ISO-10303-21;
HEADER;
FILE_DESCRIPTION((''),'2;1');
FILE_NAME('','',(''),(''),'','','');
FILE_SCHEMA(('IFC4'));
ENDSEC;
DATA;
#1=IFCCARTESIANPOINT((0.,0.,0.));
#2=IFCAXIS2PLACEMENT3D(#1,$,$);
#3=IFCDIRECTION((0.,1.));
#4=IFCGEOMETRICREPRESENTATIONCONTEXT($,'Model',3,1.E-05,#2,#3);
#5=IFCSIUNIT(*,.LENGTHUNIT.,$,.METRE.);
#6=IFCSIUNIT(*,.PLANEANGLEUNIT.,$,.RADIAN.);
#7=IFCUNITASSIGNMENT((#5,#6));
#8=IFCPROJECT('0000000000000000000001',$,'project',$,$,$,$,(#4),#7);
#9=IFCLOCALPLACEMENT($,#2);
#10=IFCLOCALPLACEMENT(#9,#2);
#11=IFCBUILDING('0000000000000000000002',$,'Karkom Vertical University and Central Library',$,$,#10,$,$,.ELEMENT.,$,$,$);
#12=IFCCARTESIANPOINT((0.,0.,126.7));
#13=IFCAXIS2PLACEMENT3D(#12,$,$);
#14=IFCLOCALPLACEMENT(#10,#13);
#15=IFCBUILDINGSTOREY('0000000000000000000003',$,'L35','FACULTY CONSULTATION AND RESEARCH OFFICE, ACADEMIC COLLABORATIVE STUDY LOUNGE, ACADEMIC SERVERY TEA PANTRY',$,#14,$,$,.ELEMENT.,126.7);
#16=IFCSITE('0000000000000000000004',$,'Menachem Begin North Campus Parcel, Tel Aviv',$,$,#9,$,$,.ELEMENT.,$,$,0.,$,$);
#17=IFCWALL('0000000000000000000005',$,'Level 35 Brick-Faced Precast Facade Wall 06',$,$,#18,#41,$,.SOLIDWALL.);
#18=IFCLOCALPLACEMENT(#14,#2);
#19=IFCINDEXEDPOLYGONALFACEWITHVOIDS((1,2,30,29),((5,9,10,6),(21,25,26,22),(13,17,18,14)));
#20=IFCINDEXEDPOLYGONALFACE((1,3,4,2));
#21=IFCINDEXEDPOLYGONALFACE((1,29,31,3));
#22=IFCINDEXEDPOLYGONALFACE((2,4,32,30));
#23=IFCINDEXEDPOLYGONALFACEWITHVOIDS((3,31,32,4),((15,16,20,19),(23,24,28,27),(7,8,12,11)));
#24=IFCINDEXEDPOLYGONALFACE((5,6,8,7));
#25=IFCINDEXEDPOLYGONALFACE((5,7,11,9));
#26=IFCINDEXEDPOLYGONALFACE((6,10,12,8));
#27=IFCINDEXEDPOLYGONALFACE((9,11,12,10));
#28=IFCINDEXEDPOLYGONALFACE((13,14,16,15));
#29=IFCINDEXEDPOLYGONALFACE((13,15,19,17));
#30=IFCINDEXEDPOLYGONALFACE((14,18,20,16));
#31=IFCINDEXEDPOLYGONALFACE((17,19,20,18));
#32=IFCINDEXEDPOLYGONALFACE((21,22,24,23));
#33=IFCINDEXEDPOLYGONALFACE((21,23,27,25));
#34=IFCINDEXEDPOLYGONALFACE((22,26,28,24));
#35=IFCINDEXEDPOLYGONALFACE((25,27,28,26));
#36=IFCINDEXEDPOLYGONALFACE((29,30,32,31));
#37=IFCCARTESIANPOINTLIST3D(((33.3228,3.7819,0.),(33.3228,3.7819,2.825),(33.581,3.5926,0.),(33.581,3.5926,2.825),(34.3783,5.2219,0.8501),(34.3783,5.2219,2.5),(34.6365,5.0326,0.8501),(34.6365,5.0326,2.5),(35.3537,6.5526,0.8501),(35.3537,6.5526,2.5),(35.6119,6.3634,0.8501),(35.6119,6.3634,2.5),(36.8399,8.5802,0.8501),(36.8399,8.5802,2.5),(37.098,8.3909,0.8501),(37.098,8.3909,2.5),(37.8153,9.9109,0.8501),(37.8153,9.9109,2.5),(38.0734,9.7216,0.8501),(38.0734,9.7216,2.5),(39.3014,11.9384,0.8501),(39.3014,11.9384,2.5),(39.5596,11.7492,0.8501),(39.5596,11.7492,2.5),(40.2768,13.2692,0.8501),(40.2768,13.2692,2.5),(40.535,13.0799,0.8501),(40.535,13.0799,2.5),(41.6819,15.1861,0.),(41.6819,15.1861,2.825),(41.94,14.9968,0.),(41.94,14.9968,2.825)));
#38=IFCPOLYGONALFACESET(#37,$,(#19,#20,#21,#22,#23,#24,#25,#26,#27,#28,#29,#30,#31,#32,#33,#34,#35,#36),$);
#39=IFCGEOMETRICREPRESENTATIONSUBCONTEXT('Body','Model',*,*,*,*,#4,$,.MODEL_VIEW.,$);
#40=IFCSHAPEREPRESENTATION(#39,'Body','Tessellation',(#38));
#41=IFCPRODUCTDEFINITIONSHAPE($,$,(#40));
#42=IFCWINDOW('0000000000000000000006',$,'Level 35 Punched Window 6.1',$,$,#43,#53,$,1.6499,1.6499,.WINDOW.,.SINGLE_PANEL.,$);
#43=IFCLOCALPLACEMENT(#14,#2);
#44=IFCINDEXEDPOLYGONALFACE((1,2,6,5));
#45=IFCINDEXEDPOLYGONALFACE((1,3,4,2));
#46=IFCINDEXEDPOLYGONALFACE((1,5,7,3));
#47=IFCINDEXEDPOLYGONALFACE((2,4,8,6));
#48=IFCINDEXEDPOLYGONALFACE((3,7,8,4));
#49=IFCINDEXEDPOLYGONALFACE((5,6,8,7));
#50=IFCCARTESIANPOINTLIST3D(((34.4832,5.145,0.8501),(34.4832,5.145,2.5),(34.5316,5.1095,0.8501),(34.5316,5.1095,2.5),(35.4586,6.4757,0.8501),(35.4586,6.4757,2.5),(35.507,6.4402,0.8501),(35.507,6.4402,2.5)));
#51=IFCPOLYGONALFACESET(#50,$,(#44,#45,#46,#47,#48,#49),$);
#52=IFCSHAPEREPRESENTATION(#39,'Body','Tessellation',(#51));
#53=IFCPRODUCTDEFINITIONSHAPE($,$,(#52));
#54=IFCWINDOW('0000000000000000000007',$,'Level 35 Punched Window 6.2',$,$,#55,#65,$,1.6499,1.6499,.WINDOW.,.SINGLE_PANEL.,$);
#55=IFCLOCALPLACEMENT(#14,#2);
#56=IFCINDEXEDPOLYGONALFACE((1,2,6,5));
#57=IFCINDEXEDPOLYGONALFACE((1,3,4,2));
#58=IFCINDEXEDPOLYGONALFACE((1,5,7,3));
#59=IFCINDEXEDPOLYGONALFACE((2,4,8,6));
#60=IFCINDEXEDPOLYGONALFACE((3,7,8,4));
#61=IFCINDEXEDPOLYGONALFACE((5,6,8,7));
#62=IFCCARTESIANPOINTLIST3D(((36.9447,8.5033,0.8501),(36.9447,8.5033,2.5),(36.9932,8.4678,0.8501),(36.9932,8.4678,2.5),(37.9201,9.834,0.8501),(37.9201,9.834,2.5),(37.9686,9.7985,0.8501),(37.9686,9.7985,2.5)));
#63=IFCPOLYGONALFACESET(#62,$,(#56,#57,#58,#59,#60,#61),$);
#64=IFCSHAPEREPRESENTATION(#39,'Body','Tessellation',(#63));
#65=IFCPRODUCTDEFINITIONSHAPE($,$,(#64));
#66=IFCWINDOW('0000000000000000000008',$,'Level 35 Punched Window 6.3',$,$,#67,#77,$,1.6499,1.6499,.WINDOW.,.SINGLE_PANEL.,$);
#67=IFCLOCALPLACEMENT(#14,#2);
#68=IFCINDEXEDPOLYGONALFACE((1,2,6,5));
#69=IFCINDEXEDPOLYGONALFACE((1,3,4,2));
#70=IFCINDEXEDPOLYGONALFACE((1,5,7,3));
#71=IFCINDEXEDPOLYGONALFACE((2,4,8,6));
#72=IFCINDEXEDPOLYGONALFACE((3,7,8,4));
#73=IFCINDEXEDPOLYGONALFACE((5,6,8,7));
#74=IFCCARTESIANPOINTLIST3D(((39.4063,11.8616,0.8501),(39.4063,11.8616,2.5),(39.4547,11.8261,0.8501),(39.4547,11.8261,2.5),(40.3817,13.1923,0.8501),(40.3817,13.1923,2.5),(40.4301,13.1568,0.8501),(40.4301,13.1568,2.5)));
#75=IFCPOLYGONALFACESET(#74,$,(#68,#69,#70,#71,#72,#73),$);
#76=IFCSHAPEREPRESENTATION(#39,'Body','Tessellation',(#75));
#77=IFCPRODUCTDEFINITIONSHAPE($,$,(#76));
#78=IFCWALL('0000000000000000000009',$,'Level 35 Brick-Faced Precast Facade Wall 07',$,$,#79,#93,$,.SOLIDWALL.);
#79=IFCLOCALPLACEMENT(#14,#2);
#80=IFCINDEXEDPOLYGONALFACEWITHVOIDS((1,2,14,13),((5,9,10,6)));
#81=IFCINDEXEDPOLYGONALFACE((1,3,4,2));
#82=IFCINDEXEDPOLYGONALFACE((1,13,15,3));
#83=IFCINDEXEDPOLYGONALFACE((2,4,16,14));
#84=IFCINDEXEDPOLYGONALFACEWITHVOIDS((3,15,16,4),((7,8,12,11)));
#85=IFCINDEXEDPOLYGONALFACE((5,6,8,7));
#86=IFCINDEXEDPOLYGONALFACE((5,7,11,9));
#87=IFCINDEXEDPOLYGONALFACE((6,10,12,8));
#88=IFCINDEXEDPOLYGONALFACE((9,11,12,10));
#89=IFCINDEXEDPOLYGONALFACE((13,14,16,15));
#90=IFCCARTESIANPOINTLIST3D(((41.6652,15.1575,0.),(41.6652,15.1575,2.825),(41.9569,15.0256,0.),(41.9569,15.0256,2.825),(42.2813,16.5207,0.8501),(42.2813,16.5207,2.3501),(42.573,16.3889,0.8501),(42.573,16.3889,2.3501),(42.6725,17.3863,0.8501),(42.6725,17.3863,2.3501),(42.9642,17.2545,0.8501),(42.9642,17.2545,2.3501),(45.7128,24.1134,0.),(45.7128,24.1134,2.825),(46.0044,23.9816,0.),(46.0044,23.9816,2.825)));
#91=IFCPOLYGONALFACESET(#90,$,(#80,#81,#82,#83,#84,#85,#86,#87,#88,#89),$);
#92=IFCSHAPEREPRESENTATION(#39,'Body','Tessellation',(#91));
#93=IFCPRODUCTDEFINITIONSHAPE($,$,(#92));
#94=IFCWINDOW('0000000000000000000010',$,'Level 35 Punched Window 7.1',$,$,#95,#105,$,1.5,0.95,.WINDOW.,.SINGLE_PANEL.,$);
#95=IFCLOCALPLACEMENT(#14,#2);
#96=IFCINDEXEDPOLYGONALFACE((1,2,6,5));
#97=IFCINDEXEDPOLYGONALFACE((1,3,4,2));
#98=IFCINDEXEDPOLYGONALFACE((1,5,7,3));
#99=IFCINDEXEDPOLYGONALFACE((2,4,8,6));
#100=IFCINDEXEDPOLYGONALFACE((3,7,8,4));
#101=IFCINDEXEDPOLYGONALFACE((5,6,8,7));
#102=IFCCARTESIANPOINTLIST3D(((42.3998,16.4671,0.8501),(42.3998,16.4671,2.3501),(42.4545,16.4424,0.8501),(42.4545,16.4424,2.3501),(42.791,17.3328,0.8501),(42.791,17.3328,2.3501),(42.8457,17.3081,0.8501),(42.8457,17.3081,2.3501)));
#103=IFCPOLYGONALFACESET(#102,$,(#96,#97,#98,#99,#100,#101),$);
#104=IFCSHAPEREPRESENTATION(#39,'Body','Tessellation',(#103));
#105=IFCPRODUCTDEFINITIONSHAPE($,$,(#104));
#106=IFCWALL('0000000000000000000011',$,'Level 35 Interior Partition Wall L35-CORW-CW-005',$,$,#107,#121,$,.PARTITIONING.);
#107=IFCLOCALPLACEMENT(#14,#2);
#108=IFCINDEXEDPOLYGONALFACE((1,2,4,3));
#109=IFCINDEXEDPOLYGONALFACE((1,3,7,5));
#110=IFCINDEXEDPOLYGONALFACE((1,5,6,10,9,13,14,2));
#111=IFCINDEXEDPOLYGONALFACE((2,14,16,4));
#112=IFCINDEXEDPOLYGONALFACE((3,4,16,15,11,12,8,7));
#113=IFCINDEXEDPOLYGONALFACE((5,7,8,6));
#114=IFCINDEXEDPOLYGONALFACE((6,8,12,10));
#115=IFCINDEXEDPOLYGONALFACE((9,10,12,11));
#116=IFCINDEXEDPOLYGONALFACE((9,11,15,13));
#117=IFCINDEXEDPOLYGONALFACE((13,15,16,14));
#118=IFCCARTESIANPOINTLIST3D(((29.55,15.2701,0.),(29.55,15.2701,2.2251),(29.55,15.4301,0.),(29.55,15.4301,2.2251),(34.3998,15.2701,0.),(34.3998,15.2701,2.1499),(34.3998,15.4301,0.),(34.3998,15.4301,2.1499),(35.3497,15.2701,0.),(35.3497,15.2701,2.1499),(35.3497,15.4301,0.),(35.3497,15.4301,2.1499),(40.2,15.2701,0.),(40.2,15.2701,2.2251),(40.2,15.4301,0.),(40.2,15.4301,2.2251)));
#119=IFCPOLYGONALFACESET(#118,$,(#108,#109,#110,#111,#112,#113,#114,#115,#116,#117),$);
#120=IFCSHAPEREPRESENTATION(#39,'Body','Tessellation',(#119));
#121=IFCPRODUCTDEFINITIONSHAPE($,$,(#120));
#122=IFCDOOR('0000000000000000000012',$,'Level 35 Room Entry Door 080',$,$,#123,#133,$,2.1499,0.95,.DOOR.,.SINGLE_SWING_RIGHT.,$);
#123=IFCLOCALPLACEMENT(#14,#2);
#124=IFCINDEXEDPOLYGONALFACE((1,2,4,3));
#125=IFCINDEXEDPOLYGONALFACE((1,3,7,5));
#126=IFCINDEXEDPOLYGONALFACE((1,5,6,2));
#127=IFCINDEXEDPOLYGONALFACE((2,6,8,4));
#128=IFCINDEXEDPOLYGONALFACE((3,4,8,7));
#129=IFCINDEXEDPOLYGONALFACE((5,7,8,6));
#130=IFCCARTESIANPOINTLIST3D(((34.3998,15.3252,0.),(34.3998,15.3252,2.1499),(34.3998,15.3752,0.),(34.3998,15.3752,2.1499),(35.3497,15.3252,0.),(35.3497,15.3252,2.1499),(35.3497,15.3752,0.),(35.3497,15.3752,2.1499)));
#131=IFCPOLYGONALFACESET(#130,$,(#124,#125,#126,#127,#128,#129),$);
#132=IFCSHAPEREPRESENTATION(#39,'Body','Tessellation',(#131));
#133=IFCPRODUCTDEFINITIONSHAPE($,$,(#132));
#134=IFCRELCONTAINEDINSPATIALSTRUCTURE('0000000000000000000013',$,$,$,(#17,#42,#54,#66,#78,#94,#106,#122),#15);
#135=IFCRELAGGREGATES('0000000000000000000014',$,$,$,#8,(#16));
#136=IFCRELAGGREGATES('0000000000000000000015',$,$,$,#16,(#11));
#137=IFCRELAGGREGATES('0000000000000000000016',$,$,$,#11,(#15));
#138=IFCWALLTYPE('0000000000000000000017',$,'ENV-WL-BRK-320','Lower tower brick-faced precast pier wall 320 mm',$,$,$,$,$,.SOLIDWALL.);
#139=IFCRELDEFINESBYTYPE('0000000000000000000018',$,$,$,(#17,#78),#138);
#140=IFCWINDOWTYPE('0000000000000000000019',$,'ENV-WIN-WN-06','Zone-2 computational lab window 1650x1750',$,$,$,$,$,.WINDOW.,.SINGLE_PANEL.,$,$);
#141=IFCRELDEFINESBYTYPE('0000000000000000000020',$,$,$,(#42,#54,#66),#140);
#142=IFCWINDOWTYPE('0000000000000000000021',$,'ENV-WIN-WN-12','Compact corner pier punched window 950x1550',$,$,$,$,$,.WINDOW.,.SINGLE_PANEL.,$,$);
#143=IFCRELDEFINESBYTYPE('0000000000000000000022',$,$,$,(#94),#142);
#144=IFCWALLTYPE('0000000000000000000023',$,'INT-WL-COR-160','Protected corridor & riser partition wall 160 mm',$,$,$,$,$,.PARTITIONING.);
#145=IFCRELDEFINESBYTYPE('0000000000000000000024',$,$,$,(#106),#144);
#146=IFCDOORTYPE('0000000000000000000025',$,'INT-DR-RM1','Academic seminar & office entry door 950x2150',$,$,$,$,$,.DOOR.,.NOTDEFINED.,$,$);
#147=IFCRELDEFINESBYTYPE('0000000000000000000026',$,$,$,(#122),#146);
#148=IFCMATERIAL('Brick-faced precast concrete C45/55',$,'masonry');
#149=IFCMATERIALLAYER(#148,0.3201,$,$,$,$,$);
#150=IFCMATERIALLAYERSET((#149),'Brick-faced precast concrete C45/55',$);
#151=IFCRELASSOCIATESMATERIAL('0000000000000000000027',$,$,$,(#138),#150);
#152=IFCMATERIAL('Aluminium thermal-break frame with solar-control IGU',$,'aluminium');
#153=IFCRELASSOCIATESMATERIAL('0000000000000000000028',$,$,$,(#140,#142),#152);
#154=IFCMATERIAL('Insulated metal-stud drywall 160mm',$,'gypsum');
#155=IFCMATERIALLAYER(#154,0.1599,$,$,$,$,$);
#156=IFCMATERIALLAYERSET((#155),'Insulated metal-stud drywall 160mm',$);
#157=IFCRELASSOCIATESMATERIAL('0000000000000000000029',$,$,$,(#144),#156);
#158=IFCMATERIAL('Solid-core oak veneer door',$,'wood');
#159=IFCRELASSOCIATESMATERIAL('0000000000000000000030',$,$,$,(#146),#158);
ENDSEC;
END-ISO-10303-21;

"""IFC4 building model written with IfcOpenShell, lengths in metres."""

from ifc_helpers import new_model, si_unit, direction, frame, frame_2d, origin, origin_with_axes, place, context, subcontext, project, spatial, rectangle, extrude, source, transform, mapped, material, layer, layer_set, type_object, element, fill, save


model = new_model("IFC4")

# Units and contexts
model_context = context("Model", 3, precision=1e-05, world=origin(), true_north=direction((0.0, 1.0)))
body_context = subcontext(model_context, "Body", "Model", "MODEL_VIEW")
ifc_project = project(units=[si_unit("LENGTHUNIT", "METRE"), si_unit("PLANEANGLEUNIT", "RADIAN")], contexts=[model_context])

# Site, building, storey
site_placement = place(None, origin())
site = spatial("IfcSite", under=ifc_project, at=site_placement, Name="Menachem Begin North Campus Parcel, Tel Aviv", CompositionType="ELEMENT", RefElevation=0.0)
building_placement = place(site_placement, origin())
building = spatial("IfcBuilding", under=site, at=building_placement, Name="Karkom Vertical University and Central Library", CompositionType="ELEMENT")
storey_placement = place(building_placement, frame((0.0, 0.0, 126.7)))
storey = spatial("IfcBuildingStorey", under=building, at=storey_placement, Name="L35", Description="FACULTY CONSULTATION AND RESEARCH OFFICE, ACADEMIC COLLABORATIVE STUDY LOUNGE, ACADEMIC SERVERY TEA PANTRY", CompositionType="ELEMENT", Elevation=126.7)

# Wall, openings, windows
ifc_material_1 = material(Name="Brick-faced precast concrete C45/55", Category="masonry")
ifc_layer_1 = layer(ifc_material_1, 0.3201)
ifc_layer_set_1 = layer_set([ifc_layer_1], Name="Brick-faced precast concrete C45/55")
wall_type_1 = type_object("IfcWallType", Name="ENV-WL-BRK-320", Description="Lower tower brick-faced precast pier wall 320 mm", PredefinedType="SOLIDWALL", material=ifc_layer_set_1)
wall_1_placement = place(storey_placement, frame((33.4519, 3.6873, 0.0), z_axis=(0.0, 0.0, 1.0), x_axis=(0.591179, 0.806541, 0.0)))
wall_1 = element("IfcWall", 1, at=wall_1_placement, inside=storey, type_object=wall_type_1, Name="Level 35 Brick-Faced Precast Facade Wall 06", PredefinedType="SOLIDWALL", context=body_context, shape_type="SweptSolid", body=[
    extrude(rectangle(XDim=14.1396, YDim=0.3201, at=frame_2d((7.0698, 0.0))), origin(), (0.0, 0.0, 1.0), 2.825),
])
opening_1_placement = place(wall_1_placement, frame((1.7854, 0.0, 0.8501)))
opening_1 = element("IfcOpeningElement", 2, at=opening_1_placement, cuts=wall_1, PredefinedType="OPENING", context=body_context, shape_type="SweptSolid", body=[
    extrude(rectangle(XDim=1.6499, YDim=1.6499, at=frame_2d((0.825, 0.825))), frame((0.0, 0.1699, 0.0), z_axis=(0.0, -1.0, 0.0), x_axis=(1.0, 0.0, 0.0)), (0.0, 0.0, 1.0), 0.3401),
])
opening_2_placement = place(wall_1_placement, frame((5.9492, 0.0, 0.8501)))
opening_2 = element("IfcOpeningElement", 3, at=opening_2_placement, cuts=wall_1, PredefinedType="OPENING", context=body_context, shape_type="SweptSolid", body=[
    extrude(rectangle(XDim=1.6499, YDim=1.6499, at=frame_2d((0.825, 0.825))), frame((0.0, 0.1699, 0.0), z_axis=(0.0, -1.0, 0.0), x_axis=(1.0, 0.0, 0.0)), (0.0, 0.0, 1.0), 0.3401),
])
opening_3_placement = place(wall_1_placement, frame((10.113, 0.0, 0.8501)))
opening_3 = element("IfcOpeningElement", 4, at=opening_3_placement, cuts=wall_1, PredefinedType="OPENING", context=body_context, shape_type="SweptSolid", body=[
    extrude(rectangle(XDim=1.6499, YDim=1.6499, at=frame_2d((0.825, 0.825))), frame((0.0, 0.1699, 0.0), z_axis=(0.0, -1.0, 0.0), x_axis=(1.0, 0.0, 0.0)), (0.0, 0.0, 1.0), 0.3401),
])
ifc_material_2 = material(Name="Aluminium thermal-break frame with solar-control IGU", Category="aluminium")
window_type_1 = type_object("IfcWindowType", Name="ENV-WIN-WN-06", Description="Zone-2 computational lab window 1650x1750", PartitioningType="SINGLE_PANEL", PredefinedType="WINDOW", material=ifc_material_2)
shared_shape_1 = source(origin_with_axes(), body_context, "Body", "SweptSolid", [
    extrude(rectangle(XDim=1.6499, YDim=1.6499, at=frame_2d((0.825, 0.825))), frame((0.0, 0.03, 0.0), z_axis=(0.0, -1.0, 0.0), x_axis=(1.0, 0.0, 0.0)), (0.0, 0.0, 1.0), 0.0601),
])
window_1_placement = place(opening_1_placement, origin())
window_1 = element("IfcWindow", 5, at=window_1_placement, inside=storey, type_object=window_type_1, Name="Level 35 Punched Window 6.1", OverallHeight=1.6499, OverallWidth=1.6499, PartitioningType="SINGLE_PANEL", PredefinedType="WINDOW", context=body_context, shape_type="MappedRepresentation", body=[
    mapped(shared_shape_1, transform((0.0, 0.0, 0.0), scale=1.0)),
])
fill(opening_1, window_1)
window_2_placement = place(opening_2_placement, origin())
window_2 = element("IfcWindow", 6, at=window_2_placement, inside=storey, type_object=window_type_1, Name="Level 35 Punched Window 6.2", OverallHeight=1.6499, OverallWidth=1.6499, PartitioningType="SINGLE_PANEL", PredefinedType="WINDOW", context=body_context, shape_type="MappedRepresentation", body=[
    mapped(shared_shape_1, transform((0.0, 0.0, 0.0), scale=1.0)),
])
fill(opening_2, window_2)
window_3_placement = place(opening_3_placement, origin())
window_3 = element("IfcWindow", 7, at=window_3_placement, inside=storey, type_object=window_type_1, Name="Level 35 Punched Window 6.3", OverallHeight=1.6499, OverallWidth=1.6499, PartitioningType="SINGLE_PANEL", PredefinedType="WINDOW", context=body_context, shape_type="MappedRepresentation", body=[
    mapped(shared_shape_1, transform((0.0, 0.0, 0.0), scale=1.0)),
])
fill(opening_3, window_3)

# Wall, opening, window
wall_2_placement = place(storey_placement, frame((41.811, 15.0916, 0.0), z_axis=(0.0, 0.0, 1.0), x_axis=(0.411835, 0.911258, 0.0)))
wall_2 = element("IfcWall", 8, at=wall_2_placement, inside=storey, type_object=wall_type_1, Name="Level 35 Brick-Faced Precast Facade Wall 07", PredefinedType="SOLIDWALL", context=body_context, shape_type="SweptSolid", body=[
    extrude(rectangle(XDim=9.8281, YDim=0.3201, at=frame_2d((4.9141, 0.0))), origin(), (0.0, 0.0, 1.0), 2.825),
])
opening_4_placement = place(wall_2_placement, frame((1.4958, 0.0, 0.8501)))
opening_4 = element("IfcOpeningElement", 9, at=opening_4_placement, cuts=wall_2, PredefinedType="OPENING", context=body_context, shape_type="SweptSolid", body=[
    extrude(rectangle(XDim=0.95, YDim=1.5, at=frame_2d((0.4751, 0.75))), frame((0.0, 0.1699, 0.0), z_axis=(0.0, -1.0, 0.0), x_axis=(1.0, 0.0, 0.0)), (0.0, 0.0, 1.0), 0.3401),
])
window_type_2 = type_object("IfcWindowType", Name="ENV-WIN-WN-12", Description="Compact corner pier punched window 950x1550", PartitioningType="SINGLE_PANEL", PredefinedType="WINDOW", material=ifc_material_2)
shared_shape_2 = source(origin_with_axes(), body_context, "Body", "SweptSolid", [
    extrude(rectangle(XDim=0.95, YDim=1.5, at=frame_2d((0.4751, 0.75))), frame((0.0, 0.03, 0.0), z_axis=(0.0, -1.0, 0.0), x_axis=(1.0, 0.0, 0.0)), (0.0, 0.0, 1.0), 0.0601),
])
window_4_placement = place(opening_4_placement, origin())
window_4 = element("IfcWindow", 10, at=window_4_placement, inside=storey, type_object=window_type_2, Name="Level 35 Punched Window 7.1", OverallHeight=1.5, OverallWidth=0.95, PartitioningType="SINGLE_PANEL", PredefinedType="WINDOW", context=body_context, shape_type="MappedRepresentation", body=[
    mapped(shared_shape_2, transform((0.0, 0.0, 0.0), scale=1.0)),
])
fill(opening_4, window_4)

# Wall, opening, door
ifc_material_3 = material(Name="Insulated metal-stud drywall 160mm", Category="gypsum")
ifc_layer_2 = layer(ifc_material_3, 0.1599)
ifc_layer_set_2 = layer_set([ifc_layer_2], Name="Insulated metal-stud drywall 160mm")
wall_type_2 = type_object("IfcWallType", Name="INT-WL-COR-160", Description="Protected corridor & riser partition wall 160 mm", PredefinedType="PARTITIONING", material=ifc_layer_set_2)
wall_3_placement = place(storey_placement, frame((40.2, 15.3501, 0.0), z_axis=(0.0, 0.0, 1.0), x_axis=(-1.0, 0.0, 0.0)))
wall_3 = element("IfcWall", 11, at=wall_3_placement, inside=storey, type_object=wall_type_2, Name="Level 35 Interior Partition Wall L35-CORW-CW-005", PredefinedType="PARTITIONING", context=body_context, shape_type="SweptSolid", body=[
    extrude(rectangle(XDim=10.6499, YDim=0.1599, at=frame_2d((5.325, 0.0))), origin(), (0.0, 0.0, 1.0), 2.2251),
])
opening_5_placement = place(wall_3_placement, frame((4.8501, 0.0, 0.0)))
opening_5 = element("IfcOpeningElement", 12, at=opening_5_placement, cuts=wall_3, PredefinedType="OPENING", context=body_context, shape_type="SweptSolid", body=[
    extrude(rectangle(XDim=0.95, YDim=2.1499, at=frame_2d((0.4751, 1.075))), frame((0.0, 0.0898, 0.0), z_axis=(0.0, -1.0, 0.0), x_axis=(1.0, 0.0, 0.0)), (0.0, 0.0, 1.0), 0.1799),
])
ifc_material_4 = material(Name="Solid-core oak veneer door", Category="wood")
door_type_1 = type_object("IfcDoorType", Name="INT-DR-RM1", Description="Academic seminar & office entry door 950x2150", OperationType="NOTDEFINED", PredefinedType="DOOR", material=ifc_material_4)
shared_shape_3 = source(origin_with_axes(), body_context, "Body", "SweptSolid", [
    extrude(rectangle(XDim=0.95, YDim=2.1499, at=frame_2d((0.4751, 1.075))), frame((0.0, 0.0249, 0.0), z_axis=(0.0, -1.0, 0.0), x_axis=(1.0, 0.0, 0.0)), (0.0, 0.0, 1.0), 0.05),
])
door_1_placement = place(opening_5_placement, origin())
door_1 = element("IfcDoor", 13, at=door_1_placement, inside=storey, type_object=door_type_1, Name="Level 35 Room Entry Door 080", OperationType="SINGLE_SWING_RIGHT", OverallHeight=2.1499, OverallWidth=0.95, PredefinedType="DOOR", context=body_context, shape_type="MappedRepresentation", body=[
    mapped(shared_shape_3, transform((0.0, 0.0, 0.0), scale=1.0)),
])
fill(opening_5, door_1)

save(model, "model.ifc")
